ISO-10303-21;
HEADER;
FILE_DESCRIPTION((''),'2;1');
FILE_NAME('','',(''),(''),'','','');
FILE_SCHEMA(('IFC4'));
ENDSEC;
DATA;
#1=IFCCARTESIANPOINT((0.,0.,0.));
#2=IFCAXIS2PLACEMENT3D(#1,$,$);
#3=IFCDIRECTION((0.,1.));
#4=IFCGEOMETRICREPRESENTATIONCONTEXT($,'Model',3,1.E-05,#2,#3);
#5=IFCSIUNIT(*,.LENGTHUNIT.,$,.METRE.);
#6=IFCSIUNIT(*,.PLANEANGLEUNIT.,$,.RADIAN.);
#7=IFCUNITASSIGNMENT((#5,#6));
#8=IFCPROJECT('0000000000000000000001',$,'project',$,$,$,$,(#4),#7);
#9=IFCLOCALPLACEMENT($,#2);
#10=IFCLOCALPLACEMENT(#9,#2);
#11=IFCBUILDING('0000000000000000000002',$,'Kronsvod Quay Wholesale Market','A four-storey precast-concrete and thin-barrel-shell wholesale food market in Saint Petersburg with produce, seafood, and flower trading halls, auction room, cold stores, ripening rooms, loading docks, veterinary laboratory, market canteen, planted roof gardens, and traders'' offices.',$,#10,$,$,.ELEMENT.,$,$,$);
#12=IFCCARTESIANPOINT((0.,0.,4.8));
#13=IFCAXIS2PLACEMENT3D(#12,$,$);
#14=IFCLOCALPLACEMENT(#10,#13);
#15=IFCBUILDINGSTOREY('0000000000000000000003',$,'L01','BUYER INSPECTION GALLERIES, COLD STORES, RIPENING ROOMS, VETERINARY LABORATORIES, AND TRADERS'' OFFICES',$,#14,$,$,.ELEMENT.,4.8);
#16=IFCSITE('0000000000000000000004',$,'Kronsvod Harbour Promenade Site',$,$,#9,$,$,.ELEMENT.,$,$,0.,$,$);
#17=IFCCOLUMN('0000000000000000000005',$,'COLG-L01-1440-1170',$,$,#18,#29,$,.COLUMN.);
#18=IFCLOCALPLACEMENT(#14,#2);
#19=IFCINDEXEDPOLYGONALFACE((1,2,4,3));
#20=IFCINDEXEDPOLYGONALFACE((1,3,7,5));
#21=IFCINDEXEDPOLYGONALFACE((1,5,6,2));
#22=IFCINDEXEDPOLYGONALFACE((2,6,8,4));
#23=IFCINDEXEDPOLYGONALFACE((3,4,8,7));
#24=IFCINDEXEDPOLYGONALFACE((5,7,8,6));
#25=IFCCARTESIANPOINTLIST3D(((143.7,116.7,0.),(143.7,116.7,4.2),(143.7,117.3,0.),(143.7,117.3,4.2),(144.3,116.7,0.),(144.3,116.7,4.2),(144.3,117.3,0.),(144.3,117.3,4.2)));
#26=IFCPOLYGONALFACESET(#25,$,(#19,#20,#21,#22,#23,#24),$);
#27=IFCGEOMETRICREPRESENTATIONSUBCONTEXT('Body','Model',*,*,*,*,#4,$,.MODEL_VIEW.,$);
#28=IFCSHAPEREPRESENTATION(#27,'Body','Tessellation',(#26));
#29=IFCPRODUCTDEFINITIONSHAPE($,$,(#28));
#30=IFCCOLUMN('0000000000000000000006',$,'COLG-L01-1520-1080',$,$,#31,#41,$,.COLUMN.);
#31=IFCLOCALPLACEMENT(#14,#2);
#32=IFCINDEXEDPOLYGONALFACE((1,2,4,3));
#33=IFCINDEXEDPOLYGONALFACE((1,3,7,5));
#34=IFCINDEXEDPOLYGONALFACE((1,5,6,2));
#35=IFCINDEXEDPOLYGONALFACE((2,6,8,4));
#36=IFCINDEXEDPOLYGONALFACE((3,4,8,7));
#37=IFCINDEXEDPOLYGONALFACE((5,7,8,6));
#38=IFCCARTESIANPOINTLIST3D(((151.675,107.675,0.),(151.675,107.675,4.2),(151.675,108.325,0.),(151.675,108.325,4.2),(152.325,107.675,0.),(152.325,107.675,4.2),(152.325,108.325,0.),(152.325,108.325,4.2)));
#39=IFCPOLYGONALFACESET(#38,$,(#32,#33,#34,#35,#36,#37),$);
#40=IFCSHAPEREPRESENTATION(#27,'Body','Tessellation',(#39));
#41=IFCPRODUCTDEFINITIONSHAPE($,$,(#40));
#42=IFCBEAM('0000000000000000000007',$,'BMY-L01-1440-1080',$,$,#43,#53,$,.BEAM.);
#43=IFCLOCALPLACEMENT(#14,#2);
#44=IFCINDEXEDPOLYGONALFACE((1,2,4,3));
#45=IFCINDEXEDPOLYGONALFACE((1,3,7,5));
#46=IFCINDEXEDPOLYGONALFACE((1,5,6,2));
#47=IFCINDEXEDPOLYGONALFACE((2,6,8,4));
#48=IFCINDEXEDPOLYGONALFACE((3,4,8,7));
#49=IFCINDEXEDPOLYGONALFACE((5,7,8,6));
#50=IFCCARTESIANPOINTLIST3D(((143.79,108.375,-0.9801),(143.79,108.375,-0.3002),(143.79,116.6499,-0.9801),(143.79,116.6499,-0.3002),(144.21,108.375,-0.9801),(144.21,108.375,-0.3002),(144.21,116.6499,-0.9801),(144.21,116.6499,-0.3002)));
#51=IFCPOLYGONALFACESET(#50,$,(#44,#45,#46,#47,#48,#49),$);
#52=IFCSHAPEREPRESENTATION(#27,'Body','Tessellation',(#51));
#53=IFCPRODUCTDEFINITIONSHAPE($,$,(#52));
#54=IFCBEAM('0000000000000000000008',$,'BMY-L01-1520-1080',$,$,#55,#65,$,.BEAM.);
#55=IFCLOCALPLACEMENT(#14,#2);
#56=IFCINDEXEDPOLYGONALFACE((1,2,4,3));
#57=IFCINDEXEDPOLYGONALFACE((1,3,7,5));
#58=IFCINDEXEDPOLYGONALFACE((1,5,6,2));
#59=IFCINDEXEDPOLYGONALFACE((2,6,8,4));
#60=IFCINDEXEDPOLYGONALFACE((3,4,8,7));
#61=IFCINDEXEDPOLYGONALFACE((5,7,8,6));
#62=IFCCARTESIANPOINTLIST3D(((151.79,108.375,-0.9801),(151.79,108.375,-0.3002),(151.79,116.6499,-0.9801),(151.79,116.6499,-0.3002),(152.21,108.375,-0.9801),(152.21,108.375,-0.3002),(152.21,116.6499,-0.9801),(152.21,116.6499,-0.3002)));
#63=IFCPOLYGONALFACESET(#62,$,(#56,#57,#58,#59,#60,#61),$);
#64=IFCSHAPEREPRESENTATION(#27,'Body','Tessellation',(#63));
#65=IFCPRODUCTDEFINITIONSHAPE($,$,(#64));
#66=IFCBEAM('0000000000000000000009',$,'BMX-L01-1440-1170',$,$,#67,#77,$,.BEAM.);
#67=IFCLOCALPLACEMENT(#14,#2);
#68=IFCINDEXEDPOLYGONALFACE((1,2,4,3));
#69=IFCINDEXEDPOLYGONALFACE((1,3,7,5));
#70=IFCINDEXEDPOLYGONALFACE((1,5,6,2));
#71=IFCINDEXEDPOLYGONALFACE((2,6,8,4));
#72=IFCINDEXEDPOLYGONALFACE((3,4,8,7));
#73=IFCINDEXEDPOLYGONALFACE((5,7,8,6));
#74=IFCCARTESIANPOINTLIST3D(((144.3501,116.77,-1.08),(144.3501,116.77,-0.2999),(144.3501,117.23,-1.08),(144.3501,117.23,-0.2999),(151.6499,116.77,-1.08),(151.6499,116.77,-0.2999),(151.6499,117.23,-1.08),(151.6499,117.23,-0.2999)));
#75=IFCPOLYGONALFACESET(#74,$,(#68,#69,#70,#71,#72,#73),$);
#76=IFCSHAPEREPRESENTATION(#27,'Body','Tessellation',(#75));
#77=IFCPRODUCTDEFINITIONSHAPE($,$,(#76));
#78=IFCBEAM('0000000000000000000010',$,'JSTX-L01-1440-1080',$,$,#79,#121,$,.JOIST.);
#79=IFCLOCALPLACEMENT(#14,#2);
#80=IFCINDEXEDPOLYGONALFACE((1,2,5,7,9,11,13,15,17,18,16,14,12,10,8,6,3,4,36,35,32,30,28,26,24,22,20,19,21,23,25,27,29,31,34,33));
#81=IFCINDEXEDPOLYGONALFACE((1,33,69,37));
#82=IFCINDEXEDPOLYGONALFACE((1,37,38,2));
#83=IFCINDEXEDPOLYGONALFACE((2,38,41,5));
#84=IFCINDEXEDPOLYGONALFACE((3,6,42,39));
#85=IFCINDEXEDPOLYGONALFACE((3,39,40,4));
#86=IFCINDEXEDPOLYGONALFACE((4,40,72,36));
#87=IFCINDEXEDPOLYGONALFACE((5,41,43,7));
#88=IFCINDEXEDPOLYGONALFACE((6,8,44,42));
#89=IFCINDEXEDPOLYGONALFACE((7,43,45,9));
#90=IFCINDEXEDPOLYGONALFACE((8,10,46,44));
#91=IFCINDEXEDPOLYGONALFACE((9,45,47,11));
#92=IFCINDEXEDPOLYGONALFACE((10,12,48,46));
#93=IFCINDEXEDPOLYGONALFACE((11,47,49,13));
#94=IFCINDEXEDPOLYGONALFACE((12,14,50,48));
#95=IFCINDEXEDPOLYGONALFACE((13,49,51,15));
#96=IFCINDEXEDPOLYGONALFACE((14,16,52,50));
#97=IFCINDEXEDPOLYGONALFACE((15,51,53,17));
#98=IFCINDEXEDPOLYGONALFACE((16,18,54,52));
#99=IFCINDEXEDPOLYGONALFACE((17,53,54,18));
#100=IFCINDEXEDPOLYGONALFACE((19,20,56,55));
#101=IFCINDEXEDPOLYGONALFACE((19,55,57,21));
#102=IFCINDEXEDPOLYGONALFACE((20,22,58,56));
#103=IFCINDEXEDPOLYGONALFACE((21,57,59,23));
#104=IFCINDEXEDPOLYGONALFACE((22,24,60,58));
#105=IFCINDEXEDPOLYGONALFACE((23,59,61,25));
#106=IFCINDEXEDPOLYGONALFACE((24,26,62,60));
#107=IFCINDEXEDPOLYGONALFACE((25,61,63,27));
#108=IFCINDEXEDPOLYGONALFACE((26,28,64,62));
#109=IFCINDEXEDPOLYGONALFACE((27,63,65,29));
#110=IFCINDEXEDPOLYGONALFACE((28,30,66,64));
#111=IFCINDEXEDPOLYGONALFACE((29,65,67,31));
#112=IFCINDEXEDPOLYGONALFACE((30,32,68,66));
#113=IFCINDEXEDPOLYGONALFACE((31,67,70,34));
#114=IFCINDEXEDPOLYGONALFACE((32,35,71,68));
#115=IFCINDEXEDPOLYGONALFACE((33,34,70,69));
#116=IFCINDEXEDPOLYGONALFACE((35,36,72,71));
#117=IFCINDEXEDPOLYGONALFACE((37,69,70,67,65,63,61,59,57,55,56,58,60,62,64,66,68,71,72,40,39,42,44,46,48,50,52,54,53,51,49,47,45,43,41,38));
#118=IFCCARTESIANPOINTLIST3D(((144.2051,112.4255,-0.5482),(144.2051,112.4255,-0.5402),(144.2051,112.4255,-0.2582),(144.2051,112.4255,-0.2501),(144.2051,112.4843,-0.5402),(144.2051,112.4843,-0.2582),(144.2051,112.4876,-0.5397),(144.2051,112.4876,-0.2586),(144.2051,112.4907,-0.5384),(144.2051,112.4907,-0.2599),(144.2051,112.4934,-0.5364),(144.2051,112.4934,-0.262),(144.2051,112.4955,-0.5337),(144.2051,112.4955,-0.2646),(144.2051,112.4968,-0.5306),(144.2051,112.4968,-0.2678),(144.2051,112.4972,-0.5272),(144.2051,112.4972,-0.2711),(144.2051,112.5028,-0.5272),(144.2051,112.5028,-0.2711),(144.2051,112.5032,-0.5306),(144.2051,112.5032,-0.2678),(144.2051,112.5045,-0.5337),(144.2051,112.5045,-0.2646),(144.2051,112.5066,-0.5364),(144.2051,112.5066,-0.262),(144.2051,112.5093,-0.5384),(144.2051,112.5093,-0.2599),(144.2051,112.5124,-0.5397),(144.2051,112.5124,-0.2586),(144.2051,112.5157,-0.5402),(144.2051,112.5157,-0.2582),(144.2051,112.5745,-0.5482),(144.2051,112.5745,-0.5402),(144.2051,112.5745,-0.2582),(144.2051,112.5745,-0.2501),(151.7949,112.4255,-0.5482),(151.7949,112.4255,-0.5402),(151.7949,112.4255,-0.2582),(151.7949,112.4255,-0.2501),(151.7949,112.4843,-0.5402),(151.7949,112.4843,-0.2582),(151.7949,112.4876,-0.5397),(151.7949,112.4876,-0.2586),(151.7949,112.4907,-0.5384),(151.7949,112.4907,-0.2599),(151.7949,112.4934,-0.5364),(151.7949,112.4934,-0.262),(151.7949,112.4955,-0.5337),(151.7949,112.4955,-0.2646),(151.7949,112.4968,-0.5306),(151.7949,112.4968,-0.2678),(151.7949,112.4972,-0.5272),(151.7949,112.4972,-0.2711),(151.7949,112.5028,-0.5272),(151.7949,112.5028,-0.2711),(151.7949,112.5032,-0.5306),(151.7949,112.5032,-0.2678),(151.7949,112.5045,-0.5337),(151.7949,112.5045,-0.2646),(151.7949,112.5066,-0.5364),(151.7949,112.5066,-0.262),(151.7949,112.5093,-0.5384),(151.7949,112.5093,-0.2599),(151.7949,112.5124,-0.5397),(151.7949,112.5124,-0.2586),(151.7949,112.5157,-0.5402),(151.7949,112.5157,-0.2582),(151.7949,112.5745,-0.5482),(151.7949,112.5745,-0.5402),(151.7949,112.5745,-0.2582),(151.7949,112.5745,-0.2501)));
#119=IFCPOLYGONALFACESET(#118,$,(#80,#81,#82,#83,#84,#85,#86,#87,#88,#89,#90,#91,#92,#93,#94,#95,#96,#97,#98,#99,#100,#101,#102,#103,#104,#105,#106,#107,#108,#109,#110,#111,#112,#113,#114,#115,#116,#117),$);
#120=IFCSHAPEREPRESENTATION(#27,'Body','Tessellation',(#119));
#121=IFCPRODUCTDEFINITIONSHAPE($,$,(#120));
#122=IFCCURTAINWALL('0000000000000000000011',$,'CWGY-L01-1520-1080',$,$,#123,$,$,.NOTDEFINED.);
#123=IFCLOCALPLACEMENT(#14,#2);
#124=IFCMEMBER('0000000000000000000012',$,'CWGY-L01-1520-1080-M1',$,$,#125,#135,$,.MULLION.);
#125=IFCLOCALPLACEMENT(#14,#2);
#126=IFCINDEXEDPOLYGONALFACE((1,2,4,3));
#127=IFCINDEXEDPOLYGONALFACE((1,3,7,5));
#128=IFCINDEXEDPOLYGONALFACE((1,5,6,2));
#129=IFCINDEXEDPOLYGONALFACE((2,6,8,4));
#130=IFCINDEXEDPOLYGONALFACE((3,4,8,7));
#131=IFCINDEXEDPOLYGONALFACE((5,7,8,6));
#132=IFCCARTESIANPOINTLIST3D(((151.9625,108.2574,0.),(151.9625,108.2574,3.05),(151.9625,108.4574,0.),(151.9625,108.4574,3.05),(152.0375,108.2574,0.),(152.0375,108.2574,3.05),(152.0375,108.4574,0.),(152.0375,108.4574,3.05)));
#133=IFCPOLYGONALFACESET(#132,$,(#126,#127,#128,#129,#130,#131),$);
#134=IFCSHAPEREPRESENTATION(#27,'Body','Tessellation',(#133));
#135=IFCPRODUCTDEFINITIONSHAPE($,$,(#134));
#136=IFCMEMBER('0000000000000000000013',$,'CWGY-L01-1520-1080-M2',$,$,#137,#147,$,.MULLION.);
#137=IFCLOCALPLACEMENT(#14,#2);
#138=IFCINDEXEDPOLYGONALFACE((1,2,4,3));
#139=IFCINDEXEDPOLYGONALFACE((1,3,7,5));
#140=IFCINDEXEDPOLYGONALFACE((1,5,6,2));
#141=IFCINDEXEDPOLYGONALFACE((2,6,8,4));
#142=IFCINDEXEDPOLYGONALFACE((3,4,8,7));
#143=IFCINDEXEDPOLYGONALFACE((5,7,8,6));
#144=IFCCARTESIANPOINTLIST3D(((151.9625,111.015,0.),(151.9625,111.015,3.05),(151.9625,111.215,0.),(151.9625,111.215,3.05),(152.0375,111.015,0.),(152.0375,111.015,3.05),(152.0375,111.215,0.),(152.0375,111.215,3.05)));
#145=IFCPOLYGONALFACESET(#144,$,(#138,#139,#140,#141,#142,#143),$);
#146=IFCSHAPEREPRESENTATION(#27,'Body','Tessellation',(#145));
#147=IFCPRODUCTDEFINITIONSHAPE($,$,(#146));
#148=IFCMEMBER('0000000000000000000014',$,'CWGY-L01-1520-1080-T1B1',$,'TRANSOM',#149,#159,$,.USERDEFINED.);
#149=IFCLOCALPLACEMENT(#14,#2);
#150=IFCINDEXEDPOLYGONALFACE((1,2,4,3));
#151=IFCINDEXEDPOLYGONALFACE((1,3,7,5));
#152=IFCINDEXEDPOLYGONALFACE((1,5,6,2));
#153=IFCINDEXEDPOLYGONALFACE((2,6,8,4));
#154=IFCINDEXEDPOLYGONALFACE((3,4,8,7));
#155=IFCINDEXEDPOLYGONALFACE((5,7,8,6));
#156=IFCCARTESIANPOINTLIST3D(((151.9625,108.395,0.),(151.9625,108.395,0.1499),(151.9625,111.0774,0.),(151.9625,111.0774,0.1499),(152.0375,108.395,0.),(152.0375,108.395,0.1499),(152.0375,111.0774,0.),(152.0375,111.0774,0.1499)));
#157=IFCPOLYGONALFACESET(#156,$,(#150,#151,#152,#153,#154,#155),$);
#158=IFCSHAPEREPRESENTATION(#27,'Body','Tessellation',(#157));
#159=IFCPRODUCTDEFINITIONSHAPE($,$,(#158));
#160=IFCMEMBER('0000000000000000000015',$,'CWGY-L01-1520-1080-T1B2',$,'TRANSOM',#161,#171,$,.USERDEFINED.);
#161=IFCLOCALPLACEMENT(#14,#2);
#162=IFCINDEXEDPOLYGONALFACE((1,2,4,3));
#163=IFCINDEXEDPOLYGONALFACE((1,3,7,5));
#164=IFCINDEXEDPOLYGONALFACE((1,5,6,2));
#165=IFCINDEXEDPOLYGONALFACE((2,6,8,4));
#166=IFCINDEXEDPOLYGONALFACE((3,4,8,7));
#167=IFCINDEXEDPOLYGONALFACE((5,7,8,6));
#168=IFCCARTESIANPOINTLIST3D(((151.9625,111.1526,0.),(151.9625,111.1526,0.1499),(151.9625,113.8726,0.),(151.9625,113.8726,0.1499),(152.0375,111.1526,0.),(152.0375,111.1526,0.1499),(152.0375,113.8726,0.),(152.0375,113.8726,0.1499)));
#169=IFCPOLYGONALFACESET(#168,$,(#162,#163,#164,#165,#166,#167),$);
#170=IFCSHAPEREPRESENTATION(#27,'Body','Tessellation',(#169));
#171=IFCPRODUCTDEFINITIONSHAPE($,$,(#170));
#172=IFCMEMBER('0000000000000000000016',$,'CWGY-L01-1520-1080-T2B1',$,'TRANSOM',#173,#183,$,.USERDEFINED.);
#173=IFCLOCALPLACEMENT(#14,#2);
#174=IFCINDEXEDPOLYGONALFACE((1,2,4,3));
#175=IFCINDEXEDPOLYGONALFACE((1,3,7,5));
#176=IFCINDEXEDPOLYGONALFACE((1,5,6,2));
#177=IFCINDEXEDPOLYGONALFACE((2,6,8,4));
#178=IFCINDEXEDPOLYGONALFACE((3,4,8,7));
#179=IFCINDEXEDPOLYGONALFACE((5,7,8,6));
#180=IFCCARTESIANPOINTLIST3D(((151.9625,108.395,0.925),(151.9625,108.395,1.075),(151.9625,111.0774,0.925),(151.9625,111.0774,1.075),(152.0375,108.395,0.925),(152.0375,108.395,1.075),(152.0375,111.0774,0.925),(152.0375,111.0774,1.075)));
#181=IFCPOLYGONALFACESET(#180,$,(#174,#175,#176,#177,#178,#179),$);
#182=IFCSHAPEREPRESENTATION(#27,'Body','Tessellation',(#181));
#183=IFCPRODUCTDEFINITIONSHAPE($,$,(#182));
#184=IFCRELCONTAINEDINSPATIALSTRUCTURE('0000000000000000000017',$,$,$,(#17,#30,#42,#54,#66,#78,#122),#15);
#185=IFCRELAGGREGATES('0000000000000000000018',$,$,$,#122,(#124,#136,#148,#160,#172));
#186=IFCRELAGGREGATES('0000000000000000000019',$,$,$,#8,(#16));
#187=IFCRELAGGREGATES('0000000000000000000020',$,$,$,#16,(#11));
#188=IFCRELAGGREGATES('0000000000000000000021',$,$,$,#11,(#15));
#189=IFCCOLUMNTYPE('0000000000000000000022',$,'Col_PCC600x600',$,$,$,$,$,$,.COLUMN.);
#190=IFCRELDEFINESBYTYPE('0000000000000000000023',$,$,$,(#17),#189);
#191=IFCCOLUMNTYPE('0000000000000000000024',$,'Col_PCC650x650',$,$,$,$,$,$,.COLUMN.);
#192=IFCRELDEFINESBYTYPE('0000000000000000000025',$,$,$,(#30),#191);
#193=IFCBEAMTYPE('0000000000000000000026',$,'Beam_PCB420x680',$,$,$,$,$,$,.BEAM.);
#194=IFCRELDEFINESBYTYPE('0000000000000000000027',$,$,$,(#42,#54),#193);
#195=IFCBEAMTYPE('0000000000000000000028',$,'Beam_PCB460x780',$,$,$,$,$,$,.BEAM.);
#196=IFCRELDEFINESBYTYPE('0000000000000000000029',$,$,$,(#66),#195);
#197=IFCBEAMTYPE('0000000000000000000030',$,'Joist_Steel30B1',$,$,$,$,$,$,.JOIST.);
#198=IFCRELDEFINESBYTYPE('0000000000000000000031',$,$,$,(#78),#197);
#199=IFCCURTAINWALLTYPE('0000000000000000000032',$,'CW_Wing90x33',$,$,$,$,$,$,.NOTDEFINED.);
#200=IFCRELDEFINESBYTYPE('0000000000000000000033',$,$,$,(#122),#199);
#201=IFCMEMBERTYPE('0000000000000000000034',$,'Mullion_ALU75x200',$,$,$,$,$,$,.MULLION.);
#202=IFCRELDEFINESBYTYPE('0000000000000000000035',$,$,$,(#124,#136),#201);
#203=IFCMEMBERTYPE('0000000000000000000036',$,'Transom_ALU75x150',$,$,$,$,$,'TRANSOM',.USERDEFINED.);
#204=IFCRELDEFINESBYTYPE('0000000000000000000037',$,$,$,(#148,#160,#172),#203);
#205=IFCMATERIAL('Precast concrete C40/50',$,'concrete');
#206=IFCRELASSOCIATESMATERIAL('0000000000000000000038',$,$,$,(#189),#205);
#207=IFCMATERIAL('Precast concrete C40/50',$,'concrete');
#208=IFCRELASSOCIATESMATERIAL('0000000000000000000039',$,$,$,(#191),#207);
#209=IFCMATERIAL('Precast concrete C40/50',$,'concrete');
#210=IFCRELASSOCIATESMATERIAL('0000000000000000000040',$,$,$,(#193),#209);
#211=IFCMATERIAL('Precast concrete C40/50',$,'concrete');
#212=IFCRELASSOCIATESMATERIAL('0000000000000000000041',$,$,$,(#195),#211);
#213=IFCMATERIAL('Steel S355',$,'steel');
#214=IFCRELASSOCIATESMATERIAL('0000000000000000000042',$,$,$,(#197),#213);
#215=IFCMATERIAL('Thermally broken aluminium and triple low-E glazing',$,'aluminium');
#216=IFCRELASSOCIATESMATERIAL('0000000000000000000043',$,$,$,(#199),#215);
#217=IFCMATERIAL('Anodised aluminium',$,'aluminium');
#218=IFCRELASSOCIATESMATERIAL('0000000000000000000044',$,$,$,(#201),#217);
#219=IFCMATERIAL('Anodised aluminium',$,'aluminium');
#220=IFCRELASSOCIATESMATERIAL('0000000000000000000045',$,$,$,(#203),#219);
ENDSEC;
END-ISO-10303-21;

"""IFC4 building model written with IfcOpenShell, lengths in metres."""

from ifc_helpers import new_model, si_unit, direction, frame, origin, origin_2d, place, context, subcontext, project, spatial, rectangle, i_section, extrude, material, material_profile, profile_set, type_object, element, aggregate, save


model = new_model("IFC4")

# Units and contexts
model_context = context("Model", 3, precision=1e-05, world=origin(), true_north=direction((0.0, 1.0)))
body_context = subcontext(model_context, "Body", "Model", "MODEL_VIEW")
ifc_project = project(units=[si_unit("LENGTHUNIT", "METRE"), si_unit("PLANEANGLEUNIT", "RADIAN")], contexts=[model_context])

# Site, building, storey
site_placement = place(None, origin())
site = spatial("IfcSite", under=ifc_project, at=site_placement, Name="Kronsvod Harbour Promenade Site", CompositionType="ELEMENT", RefElevation=0.0)
building_placement = place(site_placement, origin())
building = spatial("IfcBuilding", under=site, at=building_placement, Name="Kronsvod Quay Wholesale Market", Description="A four-storey precast-concrete and thin-barrel-shell wholesale food market in Saint Petersburg with produce, seafood, and flower trading halls, auction room, cold stores, ripening rooms, loading docks, veterinary laboratory, market canteen, planted roof gardens, and traders' offices.", CompositionType="ELEMENT")
storey_placement = place(building_placement, frame((0.0, 0.0, 4.8)))
storey = spatial("IfcBuildingStorey", under=building, at=storey_placement, Name="L01", Description="BUYER INSPECTION GALLERIES, COLD STORES, RIPENING ROOMS, VETERINARY LABORATORIES, AND TRADERS' OFFICES", CompositionType="ELEMENT", Elevation=4.8)

# Columns
ifc_material_1 = material(Name="Precast concrete C40/50", Category="concrete")
ifc_material_profile_1 = material_profile(ifc_material_1, rectangle(XDim=0.6001, YDim=0.6001, at=origin_2d()), Name="PCC600x600")
ifc_profile_set_1 = profile_set([ifc_material_profile_1], Name="Precast concrete C40/50")
column_type_1 = type_object("IfcColumnType", Name="Col_PCC600x600", PredefinedType="COLUMN", material=ifc_profile_set_1)
column_1_placement = place(storey_placement, frame((144.0, 117.0, 0.0), z_axis=(0.0, 0.0, 1.0), x_axis=(1.0, 0.0, 0.0)))
element("IfcColumn", 1, at=column_1_placement, inside=storey, type_object=column_type_1, Name="COLG-L01-1440-1170", PredefinedType="COLUMN", context=body_context, shape_type="SweptSolid", body=[
    extrude(rectangle(XDim=0.6001, YDim=0.6001, at=origin_2d()), origin(), (0.0, 0.0, 1.0), 4.2),
])
ifc_material_2 = material(Name="Precast concrete C40/50", Category="concrete")
ifc_material_profile_2 = material_profile(ifc_material_2, rectangle(XDim=0.6499, YDim=0.6499, at=origin_2d()), Name="COL-08")
ifc_profile_set_2 = profile_set([ifc_material_profile_2], Name="Precast concrete C40/50")
column_type_2 = type_object("IfcColumnType", Name="Col_PCC650x650", PredefinedType="COLUMN", material=ifc_profile_set_2)
column_2_placement = place(storey_placement, frame((152.0, 108.0, 0.0), z_axis=(0.0, 0.0, 1.0), x_axis=(1.0, 0.0, 0.0)))
element("IfcColumn", 2, at=column_2_placement, inside=storey, type_object=column_type_2, Name="COLG-L01-1520-1080", PredefinedType="COLUMN", context=body_context, shape_type="SweptSolid", body=[
    extrude(rectangle(XDim=0.6499, YDim=0.6499, at=origin_2d()), origin(), (0.0, 0.0, 1.0), 4.2),
])

# Beams
ifc_material_3 = material(Name="Precast concrete C40/50", Category="concrete")
ifc_material_profile_3 = material_profile(ifc_material_3, rectangle(XDim=0.4199, YDim=0.6799, at=origin_2d()), Name="PB-05")
ifc_profile_set_3 = profile_set([ifc_material_profile_3], Name="Precast concrete C40/50")
beam_type_1 = type_object("IfcBeamType", Name="Beam_PCB420x680", PredefinedType="BEAM", material=ifc_profile_set_3)
for number, where, z_axis, x_axis, name in (
    (3, (144.0, 108.375, -0.6401), (0.0, 1.0, 0.0), (-1.0, 0.0, 0.0), "BMY-L01-1440-1080"),
    (4, (152.0, 108.375, -0.6401), (0.0, 1.0, 0.0), (-1.0, 0.0, 0.0), "BMY-L01-1520-1080"),
):
    element("IfcBeam", number, at=place(storey_placement, frame(where, z_axis=z_axis, x_axis=x_axis)), inside=storey, type_object=beam_type_1, Name=name, PredefinedType="BEAM", context=body_context, shape_type="SweptSolid", body=[
        extrude(rectangle(XDim=0.4199, YDim=0.6799, at=origin_2d()), origin(), (0.0, 0.0, 1.0), 8.2749),
    ])
ifc_material_4 = material(Name="Precast concrete C40/50", Category="concrete")
ifc_material_profile_4 = material_profile(ifc_material_4, rectangle(XDim=0.46, YDim=0.78, at=origin_2d()), Name="PB-03")
ifc_profile_set_4 = profile_set([ifc_material_profile_4], Name="Precast concrete C40/50")
beam_type_2 = type_object("IfcBeamType", Name="Beam_PCB460x780", PredefinedType="BEAM", material=ifc_profile_set_4)
beam_1_placement = place(storey_placement, frame((144.3501, 117.0, -0.6899), z_axis=(1.0, 0.0, 0.0), x_axis=(0.0, 1.0, 0.0)))
element("IfcBeam", 5, at=beam_1_placement, inside=storey, type_object=beam_type_2, Name="BMX-L01-1440-1170", PredefinedType="BEAM", context=body_context, shape_type="SweptSolid", body=[
    extrude(rectangle(XDim=0.46, YDim=0.78, at=origin_2d()), origin(), (0.0, 0.0, 1.0), 7.2998),
])
ifc_material_5 = material(Name="Steel S355", Category="steel")
ifc_material_profile_5 = material_profile(ifc_material_5, i_section(OverallWidth=0.1489, OverallDepth=0.2981, WebThickness=0.0056, FlangeThickness=0.0081, FilletRadius=0.0129, at=origin_2d()), Name="30B1")
ifc_profile_set_5 = profile_set([ifc_material_profile_5], Name="Steel S355")
beam_type_3 = type_object("IfcBeamType", Name="Joist_Steel30B1", PredefinedType="JOIST", material=ifc_profile_set_5)
beam_2_placement = place(storey_placement, frame((144.2051, 112.5, -0.3992), z_axis=(1.0, 0.0, 0.0), x_axis=(0.0, 1.0, 0.0)))
element("IfcBeam", 6, at=beam_2_placement, inside=storey, type_object=beam_type_3, Name="JSTX-L01-1440-1080", PredefinedType="JOIST", context=body_context, shape_type="SweptSolid", body=[
    extrude(i_section(OverallWidth=0.1489, OverallDepth=0.2981, WebThickness=0.0056, FlangeThickness=0.0081, FilletRadius=0.0129, at=origin_2d()), origin(), (0.0, 0.0, 1.0), 7.5898),
])

# Curtain wall, members
ifc_material_6 = material(Name="Thermally broken aluminium and triple low-E glazing", Category="aluminium")
curtain_wall_type = type_object("IfcCurtainWallType", Name="CW_Wing90x33", PredefinedType="NOTDEFINED", material=ifc_material_6)
curtain_wall_placement = place(storey_placement, origin())
curtain_wall = element("IfcCurtainWall", 7, at=curtain_wall_placement, inside=storey, type_object=curtain_wall_type, Name="CWGY-L01-1520-1080", PredefinedType="NOTDEFINED")
ifc_material_7 = material(Name="Anodised aluminium", Category="aluminium")
ifc_material_profile_6 = material_profile(ifc_material_7, rectangle(XDim=0.075, YDim=0.2, at=origin_2d()), Name="ALUM75x200")
ifc_profile_set_6 = profile_set([ifc_material_profile_6], Name="Anodised aluminium")
member_type_1 = type_object("IfcMemberType", Name="Mullion_ALU75x200", PredefinedType="MULLION", material=ifc_profile_set_6)
member_1_placement = place(storey_placement, frame((152.0, 108.3574, 0.0), z_axis=(0.0, 0.0, 1.0), x_axis=(1.0, 0.0, 0.0)))
member_1 = element("IfcMember", 8, at=member_1_placement, type_object=member_type_1, Name="CWGY-L01-1520-1080-M1", PredefinedType="MULLION", context=body_context, shape_type="SweptSolid", body=[
    extrude(rectangle(XDim=0.075, YDim=0.2, at=origin_2d()), origin(), (0.0, 0.0, 1.0), 3.05),
])
member_2_placement = place(storey_placement, frame((152.0, 111.115, 0.0), z_axis=(0.0, 0.0, 1.0), x_axis=(1.0, 0.0, 0.0)))
member_2 = element("IfcMember", 9, at=member_2_placement, type_object=member_type_1, Name="CWGY-L01-1520-1080-M2", PredefinedType="MULLION", context=body_context, shape_type="SweptSolid", body=[
    extrude(rectangle(XDim=0.075, YDim=0.2, at=origin_2d()), origin(), (0.0, 0.0, 1.0), 3.05),
])
ifc_material_8 = material(Name="Anodised aluminium", Category="aluminium")
ifc_material_profile_7 = material_profile(ifc_material_8, rectangle(XDim=0.075, YDim=0.1499, at=origin_2d()), Name="ALUT75x150")
ifc_profile_set_7 = profile_set([ifc_material_profile_7], Name="Anodised aluminium")
member_type_2 = type_object("IfcMemberType", Name="Transom_ALU75x150", ElementType="TRANSOM", PredefinedType="USERDEFINED", material=ifc_profile_set_7)
member_3_placement = place(storey_placement, frame((152.0, 108.395, 0.075), z_axis=(0.0, 1.0, 0.0), x_axis=(-1.0, 0.0, 0.0)))
member_3 = element("IfcMember", 10, at=member_3_placement, type_object=member_type_2, Name="CWGY-L01-1520-1080-T1B1", ObjectType="TRANSOM", PredefinedType="USERDEFINED", context=body_context, shape_type="SweptSolid", body=[
    extrude(rectangle(XDim=0.075, YDim=0.1499, at=origin_2d()), origin(), (0.0, 0.0, 1.0), 2.6824),
])
member_4_placement = place(storey_placement, frame((152.0, 111.1526, 0.075), z_axis=(0.0, 1.0, 0.0), x_axis=(-1.0, 0.0, 0.0)))
member_4 = element("IfcMember", 11, at=member_4_placement, type_object=member_type_2, Name="CWGY-L01-1520-1080-T1B2", ObjectType="TRANSOM", PredefinedType="USERDEFINED", context=body_context, shape_type="SweptSolid", body=[
    extrude(rectangle(XDim=0.075, YDim=0.1499, at=origin_2d()), origin(), (0.0, 0.0, 1.0), 2.72),
])
member_5_placement = place(storey_placement, frame((152.0, 108.395, 1.0), z_axis=(0.0, 1.0, 0.0), x_axis=(-1.0, 0.0, 0.0)))
member_5 = element("IfcMember", 12, at=member_5_placement, type_object=member_type_2, Name="CWGY-L01-1520-1080-T2B1", ObjectType="TRANSOM", PredefinedType="USERDEFINED", context=body_context, shape_type="SweptSolid", body=[
    extrude(rectangle(XDim=0.075, YDim=0.1499, at=origin_2d()), origin(), (0.0, 0.0, 1.0), 2.6824),
])
aggregate(curtain_wall, [member_1, member_2, member_3, member_4, member_5])

save(model, "model.ifc")
